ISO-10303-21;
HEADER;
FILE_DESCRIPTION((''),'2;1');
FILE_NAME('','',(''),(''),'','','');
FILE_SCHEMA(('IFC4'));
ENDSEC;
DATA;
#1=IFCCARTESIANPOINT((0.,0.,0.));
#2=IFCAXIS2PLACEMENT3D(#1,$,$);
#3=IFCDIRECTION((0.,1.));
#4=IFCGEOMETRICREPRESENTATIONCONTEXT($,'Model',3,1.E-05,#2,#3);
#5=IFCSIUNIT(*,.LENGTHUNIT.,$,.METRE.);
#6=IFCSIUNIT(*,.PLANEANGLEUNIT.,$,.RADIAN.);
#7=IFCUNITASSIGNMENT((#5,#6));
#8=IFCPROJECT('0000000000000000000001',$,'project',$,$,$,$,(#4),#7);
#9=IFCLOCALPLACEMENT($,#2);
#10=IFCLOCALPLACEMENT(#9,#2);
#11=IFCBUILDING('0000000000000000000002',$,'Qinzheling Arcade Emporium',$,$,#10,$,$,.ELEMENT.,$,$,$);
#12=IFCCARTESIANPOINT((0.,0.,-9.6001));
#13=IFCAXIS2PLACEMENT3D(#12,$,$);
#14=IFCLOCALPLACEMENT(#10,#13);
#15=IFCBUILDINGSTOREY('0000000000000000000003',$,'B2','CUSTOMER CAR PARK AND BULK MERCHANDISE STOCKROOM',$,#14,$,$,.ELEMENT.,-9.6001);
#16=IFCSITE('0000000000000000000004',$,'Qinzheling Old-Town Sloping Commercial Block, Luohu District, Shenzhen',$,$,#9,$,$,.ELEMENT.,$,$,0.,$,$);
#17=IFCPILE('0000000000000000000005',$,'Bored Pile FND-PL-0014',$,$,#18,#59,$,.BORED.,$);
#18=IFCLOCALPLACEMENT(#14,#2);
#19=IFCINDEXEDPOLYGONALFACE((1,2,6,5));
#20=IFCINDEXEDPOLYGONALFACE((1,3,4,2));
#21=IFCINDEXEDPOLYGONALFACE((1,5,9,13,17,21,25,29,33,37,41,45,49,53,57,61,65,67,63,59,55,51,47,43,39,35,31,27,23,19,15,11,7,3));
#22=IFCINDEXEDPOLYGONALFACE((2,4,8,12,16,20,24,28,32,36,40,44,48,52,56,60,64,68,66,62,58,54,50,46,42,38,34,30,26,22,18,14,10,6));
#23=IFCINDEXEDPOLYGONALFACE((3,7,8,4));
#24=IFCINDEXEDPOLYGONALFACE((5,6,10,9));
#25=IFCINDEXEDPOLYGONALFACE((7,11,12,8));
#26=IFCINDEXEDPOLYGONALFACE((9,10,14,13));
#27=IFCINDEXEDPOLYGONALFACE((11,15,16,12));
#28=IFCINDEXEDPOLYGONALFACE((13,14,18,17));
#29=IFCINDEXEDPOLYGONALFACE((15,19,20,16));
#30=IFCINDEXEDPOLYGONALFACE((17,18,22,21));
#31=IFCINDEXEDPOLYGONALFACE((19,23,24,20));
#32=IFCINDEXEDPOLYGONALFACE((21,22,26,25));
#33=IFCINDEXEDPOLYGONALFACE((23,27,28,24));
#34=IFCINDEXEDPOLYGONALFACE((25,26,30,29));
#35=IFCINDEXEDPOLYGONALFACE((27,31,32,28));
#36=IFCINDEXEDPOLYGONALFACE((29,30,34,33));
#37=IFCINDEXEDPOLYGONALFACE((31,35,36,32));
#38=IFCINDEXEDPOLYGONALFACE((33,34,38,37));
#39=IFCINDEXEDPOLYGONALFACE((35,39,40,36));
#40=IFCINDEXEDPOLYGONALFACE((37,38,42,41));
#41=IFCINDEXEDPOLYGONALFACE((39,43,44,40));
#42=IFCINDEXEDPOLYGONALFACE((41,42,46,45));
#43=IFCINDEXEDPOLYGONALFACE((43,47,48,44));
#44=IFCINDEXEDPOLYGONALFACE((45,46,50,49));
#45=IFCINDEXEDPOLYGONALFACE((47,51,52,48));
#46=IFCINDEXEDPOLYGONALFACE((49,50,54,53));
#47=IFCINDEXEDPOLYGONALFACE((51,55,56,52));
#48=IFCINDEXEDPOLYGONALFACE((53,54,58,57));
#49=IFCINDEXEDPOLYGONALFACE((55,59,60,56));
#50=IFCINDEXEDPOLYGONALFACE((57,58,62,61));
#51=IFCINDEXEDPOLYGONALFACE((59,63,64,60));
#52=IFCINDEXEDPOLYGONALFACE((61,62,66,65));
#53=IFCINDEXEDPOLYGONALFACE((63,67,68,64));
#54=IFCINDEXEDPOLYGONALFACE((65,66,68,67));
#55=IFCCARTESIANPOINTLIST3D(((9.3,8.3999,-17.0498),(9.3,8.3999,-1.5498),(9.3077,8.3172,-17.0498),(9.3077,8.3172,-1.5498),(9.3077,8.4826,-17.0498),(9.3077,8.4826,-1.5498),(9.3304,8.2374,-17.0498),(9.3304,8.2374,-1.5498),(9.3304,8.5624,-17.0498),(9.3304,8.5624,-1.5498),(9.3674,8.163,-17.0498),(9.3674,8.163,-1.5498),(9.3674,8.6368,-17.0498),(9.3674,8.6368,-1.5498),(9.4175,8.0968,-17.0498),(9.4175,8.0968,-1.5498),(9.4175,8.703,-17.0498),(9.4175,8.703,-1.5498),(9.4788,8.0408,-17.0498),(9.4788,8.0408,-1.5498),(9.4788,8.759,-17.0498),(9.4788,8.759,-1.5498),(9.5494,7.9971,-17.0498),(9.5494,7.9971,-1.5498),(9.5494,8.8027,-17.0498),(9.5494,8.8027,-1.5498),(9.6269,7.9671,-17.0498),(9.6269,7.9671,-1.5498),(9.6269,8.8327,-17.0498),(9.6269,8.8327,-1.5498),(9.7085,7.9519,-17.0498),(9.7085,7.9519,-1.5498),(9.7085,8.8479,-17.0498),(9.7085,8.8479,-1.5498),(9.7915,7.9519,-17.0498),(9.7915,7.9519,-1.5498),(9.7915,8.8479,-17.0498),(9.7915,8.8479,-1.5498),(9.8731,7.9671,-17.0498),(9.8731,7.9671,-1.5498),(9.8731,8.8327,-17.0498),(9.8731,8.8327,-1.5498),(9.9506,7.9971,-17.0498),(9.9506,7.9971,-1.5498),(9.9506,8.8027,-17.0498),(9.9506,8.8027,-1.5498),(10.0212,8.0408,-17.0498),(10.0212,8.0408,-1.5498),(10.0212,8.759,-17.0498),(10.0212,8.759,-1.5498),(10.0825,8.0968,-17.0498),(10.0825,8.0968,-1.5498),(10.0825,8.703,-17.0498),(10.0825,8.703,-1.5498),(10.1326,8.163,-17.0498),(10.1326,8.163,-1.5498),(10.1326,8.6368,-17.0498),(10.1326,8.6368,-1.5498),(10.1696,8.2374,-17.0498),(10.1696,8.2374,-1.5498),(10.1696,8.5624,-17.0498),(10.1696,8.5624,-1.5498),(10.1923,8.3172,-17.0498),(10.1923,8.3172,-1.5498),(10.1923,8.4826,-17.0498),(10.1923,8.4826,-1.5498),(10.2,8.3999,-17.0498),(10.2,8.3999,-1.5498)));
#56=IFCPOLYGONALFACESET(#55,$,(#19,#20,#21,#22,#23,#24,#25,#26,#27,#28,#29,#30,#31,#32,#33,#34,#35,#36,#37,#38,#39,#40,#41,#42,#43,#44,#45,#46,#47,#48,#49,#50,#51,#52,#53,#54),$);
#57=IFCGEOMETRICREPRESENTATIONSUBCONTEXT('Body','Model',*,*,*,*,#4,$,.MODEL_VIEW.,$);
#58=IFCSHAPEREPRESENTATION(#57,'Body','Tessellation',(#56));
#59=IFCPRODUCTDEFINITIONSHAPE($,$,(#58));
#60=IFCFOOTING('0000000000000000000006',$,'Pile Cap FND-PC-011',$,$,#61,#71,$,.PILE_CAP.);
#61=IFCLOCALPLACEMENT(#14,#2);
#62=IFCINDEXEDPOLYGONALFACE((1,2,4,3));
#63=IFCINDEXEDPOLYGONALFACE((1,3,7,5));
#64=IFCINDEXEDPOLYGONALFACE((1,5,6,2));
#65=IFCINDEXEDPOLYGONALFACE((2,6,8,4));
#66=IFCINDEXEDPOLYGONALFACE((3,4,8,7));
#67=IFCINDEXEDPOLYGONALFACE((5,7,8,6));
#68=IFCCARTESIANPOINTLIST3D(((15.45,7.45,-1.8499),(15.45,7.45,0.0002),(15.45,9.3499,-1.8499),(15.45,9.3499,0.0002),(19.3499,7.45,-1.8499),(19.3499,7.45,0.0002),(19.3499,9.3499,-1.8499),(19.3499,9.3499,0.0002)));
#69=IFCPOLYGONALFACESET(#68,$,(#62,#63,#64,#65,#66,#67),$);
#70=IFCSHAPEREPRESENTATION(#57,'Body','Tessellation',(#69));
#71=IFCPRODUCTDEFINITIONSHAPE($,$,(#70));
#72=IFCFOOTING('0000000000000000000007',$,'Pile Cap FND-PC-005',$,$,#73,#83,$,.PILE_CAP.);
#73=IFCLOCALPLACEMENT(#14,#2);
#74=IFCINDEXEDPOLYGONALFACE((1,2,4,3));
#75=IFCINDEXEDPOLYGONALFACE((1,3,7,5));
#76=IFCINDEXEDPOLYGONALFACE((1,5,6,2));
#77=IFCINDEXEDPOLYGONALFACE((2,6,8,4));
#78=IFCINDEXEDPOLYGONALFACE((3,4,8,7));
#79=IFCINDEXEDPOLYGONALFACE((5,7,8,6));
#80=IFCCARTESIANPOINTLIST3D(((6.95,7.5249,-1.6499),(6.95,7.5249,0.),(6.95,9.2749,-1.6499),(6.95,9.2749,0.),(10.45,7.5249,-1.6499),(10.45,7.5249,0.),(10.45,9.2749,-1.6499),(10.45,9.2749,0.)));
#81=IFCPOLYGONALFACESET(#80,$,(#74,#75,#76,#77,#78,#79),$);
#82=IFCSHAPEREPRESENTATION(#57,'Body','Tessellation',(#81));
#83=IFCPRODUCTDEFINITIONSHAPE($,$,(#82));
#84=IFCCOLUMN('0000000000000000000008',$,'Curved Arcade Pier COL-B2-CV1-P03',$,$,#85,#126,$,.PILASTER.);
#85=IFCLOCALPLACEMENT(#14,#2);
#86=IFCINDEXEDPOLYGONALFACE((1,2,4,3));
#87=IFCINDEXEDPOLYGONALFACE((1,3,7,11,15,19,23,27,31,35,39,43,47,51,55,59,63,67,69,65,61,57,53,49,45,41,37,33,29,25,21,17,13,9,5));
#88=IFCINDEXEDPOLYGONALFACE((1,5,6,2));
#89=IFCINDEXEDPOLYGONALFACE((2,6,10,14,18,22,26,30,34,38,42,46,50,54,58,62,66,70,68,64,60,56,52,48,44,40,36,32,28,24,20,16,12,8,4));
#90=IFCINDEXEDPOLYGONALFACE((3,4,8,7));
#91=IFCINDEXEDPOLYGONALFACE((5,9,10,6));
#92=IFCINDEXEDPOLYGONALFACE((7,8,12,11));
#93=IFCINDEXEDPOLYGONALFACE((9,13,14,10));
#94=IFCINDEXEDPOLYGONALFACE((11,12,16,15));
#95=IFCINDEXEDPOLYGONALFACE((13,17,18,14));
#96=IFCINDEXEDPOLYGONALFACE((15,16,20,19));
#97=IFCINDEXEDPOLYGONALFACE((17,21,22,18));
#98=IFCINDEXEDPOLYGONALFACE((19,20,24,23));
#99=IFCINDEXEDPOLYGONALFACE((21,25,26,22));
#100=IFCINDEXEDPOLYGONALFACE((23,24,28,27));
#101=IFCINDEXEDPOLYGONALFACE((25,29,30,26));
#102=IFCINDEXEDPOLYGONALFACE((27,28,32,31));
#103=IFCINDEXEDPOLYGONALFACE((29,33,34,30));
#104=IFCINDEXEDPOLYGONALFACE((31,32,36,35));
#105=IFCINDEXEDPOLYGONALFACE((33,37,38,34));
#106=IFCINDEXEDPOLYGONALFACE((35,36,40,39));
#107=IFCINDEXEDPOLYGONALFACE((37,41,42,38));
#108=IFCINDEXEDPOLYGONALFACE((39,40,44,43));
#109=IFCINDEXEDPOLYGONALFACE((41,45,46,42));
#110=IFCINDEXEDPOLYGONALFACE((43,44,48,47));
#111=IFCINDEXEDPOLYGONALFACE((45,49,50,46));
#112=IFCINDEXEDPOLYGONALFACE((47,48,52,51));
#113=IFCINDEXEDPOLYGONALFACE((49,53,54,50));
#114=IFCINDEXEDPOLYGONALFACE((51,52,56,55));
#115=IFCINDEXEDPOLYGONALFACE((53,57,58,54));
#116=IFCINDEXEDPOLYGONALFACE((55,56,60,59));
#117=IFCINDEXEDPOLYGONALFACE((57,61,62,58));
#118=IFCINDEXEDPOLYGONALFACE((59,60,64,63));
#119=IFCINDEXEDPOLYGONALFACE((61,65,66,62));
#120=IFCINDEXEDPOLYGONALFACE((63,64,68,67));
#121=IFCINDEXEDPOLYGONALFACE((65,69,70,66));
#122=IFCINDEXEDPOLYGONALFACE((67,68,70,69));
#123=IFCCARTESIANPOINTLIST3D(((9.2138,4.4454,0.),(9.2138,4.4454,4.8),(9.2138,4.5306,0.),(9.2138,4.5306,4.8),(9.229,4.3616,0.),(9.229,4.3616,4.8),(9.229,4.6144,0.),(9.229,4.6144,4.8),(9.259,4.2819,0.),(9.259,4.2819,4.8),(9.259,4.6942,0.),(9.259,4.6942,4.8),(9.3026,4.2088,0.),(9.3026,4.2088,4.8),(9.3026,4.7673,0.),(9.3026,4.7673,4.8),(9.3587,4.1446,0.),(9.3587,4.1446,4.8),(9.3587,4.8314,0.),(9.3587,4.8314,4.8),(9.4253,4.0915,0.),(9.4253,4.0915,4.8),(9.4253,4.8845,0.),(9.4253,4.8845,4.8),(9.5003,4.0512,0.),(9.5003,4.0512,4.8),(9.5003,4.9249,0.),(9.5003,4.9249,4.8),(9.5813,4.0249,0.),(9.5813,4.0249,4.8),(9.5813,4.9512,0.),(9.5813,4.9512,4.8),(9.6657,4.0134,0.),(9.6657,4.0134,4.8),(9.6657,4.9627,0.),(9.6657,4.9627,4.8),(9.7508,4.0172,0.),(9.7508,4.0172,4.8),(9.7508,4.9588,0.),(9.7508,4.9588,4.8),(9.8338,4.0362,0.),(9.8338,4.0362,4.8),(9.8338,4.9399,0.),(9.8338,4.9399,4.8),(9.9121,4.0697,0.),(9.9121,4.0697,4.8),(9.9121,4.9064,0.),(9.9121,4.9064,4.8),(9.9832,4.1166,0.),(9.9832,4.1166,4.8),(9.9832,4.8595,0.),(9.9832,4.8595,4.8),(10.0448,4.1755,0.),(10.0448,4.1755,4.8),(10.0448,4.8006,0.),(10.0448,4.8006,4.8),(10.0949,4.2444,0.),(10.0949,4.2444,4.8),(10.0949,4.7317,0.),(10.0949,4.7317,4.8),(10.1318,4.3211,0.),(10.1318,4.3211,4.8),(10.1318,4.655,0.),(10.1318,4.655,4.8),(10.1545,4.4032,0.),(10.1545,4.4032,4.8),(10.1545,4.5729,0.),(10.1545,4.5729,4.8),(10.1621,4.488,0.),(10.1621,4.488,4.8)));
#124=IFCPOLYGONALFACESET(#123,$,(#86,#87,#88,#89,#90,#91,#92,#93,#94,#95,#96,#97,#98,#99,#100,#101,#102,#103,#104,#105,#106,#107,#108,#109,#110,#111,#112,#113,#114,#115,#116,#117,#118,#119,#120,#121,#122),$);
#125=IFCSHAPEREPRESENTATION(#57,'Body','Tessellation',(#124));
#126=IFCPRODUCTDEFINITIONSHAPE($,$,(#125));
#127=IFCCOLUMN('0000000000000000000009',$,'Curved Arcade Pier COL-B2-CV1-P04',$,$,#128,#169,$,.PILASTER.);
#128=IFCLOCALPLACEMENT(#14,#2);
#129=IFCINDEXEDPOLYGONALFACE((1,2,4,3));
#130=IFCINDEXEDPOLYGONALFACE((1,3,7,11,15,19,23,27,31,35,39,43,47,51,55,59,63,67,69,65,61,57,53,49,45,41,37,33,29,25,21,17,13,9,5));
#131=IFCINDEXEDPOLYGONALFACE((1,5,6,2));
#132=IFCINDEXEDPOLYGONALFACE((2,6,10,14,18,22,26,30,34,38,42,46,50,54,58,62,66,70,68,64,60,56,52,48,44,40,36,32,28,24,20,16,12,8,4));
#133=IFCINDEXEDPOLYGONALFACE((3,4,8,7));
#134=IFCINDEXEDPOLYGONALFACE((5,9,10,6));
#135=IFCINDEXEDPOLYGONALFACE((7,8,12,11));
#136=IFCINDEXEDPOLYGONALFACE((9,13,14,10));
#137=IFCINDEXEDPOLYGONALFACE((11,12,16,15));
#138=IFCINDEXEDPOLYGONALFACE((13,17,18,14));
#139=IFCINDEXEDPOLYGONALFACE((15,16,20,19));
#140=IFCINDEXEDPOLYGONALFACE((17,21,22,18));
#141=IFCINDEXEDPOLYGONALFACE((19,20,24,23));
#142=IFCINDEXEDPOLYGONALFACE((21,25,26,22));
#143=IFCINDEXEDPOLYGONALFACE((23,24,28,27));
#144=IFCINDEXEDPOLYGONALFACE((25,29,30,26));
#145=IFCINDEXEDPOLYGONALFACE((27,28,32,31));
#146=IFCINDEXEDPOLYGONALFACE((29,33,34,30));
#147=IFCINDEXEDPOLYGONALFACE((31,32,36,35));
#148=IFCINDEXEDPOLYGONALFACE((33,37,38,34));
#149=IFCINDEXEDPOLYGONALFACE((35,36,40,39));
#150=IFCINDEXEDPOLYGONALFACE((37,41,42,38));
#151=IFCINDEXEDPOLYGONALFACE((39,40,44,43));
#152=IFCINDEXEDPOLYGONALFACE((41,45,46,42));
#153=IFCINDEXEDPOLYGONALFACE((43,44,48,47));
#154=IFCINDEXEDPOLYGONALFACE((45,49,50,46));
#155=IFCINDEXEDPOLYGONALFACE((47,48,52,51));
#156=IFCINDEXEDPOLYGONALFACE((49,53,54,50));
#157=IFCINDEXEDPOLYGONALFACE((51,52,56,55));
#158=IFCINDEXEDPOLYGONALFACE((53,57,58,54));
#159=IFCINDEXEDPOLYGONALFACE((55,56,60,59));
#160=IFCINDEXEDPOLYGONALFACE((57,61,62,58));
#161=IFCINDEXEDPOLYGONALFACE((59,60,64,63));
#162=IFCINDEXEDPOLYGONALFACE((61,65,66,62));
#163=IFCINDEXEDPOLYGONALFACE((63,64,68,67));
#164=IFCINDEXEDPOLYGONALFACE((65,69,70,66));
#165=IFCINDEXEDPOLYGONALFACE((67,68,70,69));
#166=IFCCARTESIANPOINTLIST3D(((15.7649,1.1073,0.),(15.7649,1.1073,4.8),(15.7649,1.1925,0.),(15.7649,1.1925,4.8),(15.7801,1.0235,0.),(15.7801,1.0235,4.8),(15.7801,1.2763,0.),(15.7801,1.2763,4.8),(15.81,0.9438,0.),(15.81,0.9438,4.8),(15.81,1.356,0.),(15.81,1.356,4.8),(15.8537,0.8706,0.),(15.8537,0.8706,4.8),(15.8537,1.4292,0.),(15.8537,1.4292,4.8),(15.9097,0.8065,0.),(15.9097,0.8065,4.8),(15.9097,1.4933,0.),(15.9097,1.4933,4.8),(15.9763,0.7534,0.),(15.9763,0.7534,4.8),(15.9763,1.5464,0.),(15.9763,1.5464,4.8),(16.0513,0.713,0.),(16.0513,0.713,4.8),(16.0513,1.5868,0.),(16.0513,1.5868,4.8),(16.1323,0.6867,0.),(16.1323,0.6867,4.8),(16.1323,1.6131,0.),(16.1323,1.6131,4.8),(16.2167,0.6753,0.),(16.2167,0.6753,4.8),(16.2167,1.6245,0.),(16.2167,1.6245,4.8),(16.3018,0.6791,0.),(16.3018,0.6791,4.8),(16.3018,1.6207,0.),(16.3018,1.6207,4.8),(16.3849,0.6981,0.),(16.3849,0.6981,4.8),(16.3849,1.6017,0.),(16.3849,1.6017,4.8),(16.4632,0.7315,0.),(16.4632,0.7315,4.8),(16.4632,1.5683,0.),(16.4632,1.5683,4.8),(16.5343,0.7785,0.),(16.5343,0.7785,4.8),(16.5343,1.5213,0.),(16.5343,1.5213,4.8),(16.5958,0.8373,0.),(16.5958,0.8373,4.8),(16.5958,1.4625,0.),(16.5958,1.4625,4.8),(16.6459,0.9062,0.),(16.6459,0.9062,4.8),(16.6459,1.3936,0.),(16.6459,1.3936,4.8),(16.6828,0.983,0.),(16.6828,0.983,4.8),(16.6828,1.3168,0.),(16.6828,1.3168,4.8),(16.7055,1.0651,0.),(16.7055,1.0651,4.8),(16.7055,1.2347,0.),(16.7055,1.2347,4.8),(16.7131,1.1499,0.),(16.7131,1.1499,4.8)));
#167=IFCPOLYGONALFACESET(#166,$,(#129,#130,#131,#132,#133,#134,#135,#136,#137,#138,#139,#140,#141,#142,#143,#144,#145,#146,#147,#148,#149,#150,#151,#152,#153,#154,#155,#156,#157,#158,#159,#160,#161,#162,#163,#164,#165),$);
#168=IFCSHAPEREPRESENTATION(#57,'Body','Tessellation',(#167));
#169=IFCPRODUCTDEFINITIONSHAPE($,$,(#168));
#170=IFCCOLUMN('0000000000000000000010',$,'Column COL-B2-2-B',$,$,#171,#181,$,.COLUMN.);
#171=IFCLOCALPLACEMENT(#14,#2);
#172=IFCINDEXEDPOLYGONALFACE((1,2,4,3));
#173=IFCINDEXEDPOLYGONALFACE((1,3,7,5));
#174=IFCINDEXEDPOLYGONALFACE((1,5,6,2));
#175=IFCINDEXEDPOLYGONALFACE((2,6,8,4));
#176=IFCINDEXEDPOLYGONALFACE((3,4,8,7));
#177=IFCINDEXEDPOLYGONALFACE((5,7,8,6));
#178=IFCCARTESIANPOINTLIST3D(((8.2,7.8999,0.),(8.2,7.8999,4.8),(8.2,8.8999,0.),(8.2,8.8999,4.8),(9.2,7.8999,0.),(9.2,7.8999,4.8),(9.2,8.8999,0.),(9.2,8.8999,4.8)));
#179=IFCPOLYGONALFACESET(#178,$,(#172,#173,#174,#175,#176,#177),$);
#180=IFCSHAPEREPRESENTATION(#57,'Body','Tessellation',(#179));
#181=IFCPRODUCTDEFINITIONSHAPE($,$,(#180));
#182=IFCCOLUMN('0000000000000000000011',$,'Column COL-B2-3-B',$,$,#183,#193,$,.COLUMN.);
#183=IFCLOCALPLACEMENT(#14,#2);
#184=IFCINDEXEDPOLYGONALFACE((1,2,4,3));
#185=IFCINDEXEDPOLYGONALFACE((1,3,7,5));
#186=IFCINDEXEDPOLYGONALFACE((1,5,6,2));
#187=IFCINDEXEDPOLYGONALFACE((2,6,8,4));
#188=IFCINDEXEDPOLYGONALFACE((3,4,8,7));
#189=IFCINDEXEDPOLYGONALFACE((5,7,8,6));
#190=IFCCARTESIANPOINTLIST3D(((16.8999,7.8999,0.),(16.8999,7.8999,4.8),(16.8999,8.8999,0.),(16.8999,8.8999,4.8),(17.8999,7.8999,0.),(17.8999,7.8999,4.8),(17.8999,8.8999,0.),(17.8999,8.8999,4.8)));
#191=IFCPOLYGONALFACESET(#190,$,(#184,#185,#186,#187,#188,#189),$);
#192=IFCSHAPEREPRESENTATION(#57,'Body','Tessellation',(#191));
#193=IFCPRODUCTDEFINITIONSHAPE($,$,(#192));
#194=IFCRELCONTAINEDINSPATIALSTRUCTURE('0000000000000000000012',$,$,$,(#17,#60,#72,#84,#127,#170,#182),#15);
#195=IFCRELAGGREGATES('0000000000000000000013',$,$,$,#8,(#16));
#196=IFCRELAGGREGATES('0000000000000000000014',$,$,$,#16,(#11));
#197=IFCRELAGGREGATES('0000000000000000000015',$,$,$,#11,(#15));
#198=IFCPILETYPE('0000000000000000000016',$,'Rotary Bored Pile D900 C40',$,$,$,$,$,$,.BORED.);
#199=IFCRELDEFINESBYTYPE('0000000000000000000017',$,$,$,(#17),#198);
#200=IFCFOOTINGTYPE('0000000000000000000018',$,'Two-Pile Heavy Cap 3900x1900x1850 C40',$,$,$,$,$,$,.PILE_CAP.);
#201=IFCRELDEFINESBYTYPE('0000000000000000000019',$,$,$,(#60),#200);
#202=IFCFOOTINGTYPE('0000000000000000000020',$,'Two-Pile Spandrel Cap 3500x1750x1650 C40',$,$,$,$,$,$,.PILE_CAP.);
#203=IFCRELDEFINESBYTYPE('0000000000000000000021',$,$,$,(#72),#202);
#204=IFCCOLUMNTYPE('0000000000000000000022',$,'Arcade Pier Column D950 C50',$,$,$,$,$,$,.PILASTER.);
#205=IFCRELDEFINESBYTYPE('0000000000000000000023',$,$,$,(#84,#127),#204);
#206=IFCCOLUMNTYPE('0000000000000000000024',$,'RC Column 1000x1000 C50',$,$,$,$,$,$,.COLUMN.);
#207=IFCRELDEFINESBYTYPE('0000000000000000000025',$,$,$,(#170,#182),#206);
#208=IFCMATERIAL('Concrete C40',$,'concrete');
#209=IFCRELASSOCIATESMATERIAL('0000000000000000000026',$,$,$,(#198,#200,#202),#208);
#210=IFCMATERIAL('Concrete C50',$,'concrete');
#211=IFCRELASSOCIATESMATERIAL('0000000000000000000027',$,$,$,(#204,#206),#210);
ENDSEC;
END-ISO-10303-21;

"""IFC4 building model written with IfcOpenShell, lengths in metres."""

from ifc_helpers import new_model, si_unit, direction, frame, origin, origin_2d, place, context, subcontext, project, spatial, rectangle, circle, extrude, material, material_profile, profile_set, type_object, element, save


model = new_model("IFC4")

# Units and contexts
model_context = context("Model", 3, precision=1e-05, world=origin(), true_north=direction((0.0, 1.0)))
body_context = subcontext(model_context, "Body", "Model", "MODEL_VIEW")
ifc_project = project(units=[si_unit("LENGTHUNIT", "METRE"), si_unit("PLANEANGLEUNIT", "RADIAN")], contexts=[model_context])

# Site, building, storey
site_placement = place(None, origin())
site = spatial("IfcSite", under=ifc_project, at=site_placement, Name="Qinzheling Old-Town Sloping Commercial Block, Luohu District, Shenzhen", CompositionType="ELEMENT", RefElevation=0.0)
building_placement = place(site_placement, origin())
building = spatial("IfcBuilding", under=site, at=building_placement, Name="Qinzheling Arcade Emporium", CompositionType="ELEMENT")
storey_placement = place(building_placement, frame((0.0, 0.0, -9.6001)))
storey = spatial("IfcBuildingStorey", under=building, at=storey_placement, Name="B2", Description="CUSTOMER CAR PARK AND BULK MERCHANDISE STOCKROOM", CompositionType="ELEMENT", Elevation=-9.6001)

# Shared definitions
ifc_material_1 = material(Name="Concrete C40", Category="concrete")

# Pile
ifc_material_profile_1 = material_profile(ifc_material_1, circle(Radius=0.45, at=origin_2d()), Name="BORED D900", Category="concrete")
ifc_profile_set_1 = profile_set([ifc_material_profile_1], Name="Concrete C40")
pile_type_1 = type_object("IfcPileType", Name="Rotary Bored Pile D900 C40", PredefinedType="BORED", material=ifc_profile_set_1)
for number, where, z_axis, x_axis, name in (
    (1, (9.75, 8.3999, -1.5498), (0.0, 0.0, -1.0), (1.0, 0.0, 0.0), "Bored Pile FND-PL-0014"),
):
    element("IfcPile", number, at=place(storey_placement, frame(where, z_axis=z_axis, x_axis=x_axis)), inside=storey, type_object=pile_type_1, Name=name, PredefinedType="BORED", context=body_context, shape_type="SweptSolid", body=[
        extrude(circle(Radius=0.45, at=origin_2d()), origin(), (0.0, 0.0, 1.0), 15.5),
    ])

# Footings
footing_type_1 = type_object("IfcFootingType", Name="Two-Pile Heavy Cap 3900x1900x1850 C40", PredefinedType="PILE_CAP", material=ifc_material_1)
footing_1_placement = place(storey_placement, frame((17.3999, 8.3999, -1.8499), z_axis=(0.0, 0.0, 1.0), x_axis=(1.0, 0.0, 0.0)))
element("IfcFooting", 2, at=footing_1_placement, inside=storey, type_object=footing_type_1, Name="Pile Cap FND-PC-011", PredefinedType="PILE_CAP", context=body_context, shape_type="SweptSolid", body=[
    extrude(rectangle(XDim=3.8999, YDim=1.8999, at=origin_2d()), origin(), (0.0, 0.0, 1.0), 1.8501),
])
footing_type_2 = type_object("IfcFootingType", Name="Two-Pile Spandrel Cap 3500x1750x1650 C40", PredefinedType="PILE_CAP", material=ifc_material_1)
footing_2_placement = place(storey_placement, frame((8.7, 8.3999, -1.6499), z_axis=(0.0, 0.0, 1.0), x_axis=(1.0, 0.0, 0.0)))
element("IfcFooting", 3, at=footing_2_placement, inside=storey, type_object=footing_type_2, Name="Pile Cap FND-PC-005", PredefinedType="PILE_CAP", context=body_context, shape_type="SweptSolid", body=[
    extrude(rectangle(XDim=3.5, YDim=1.75, at=origin_2d()), origin(), (0.0, 0.0, 1.0), 1.6499),
])

# Columns
ifc_material_2 = material(Name="Concrete C50", Category="concrete")
ifc_material_profile_2 = material_profile(ifc_material_2, circle(Radius=0.4751, at=origin_2d()), Name="RC D950", Category="concrete")
ifc_profile_set_2 = profile_set([ifc_material_profile_2], Name="Concrete C50")
column_type_1 = type_object("IfcColumnType", Name="Arcade Pier Column D950 C50", PredefinedType="PILASTER", material=ifc_profile_set_2)
for number, where, z_axis, x_axis, name in (
    (4, (9.687, 4.488, 0.0), (0.0, 0.0, 1.0), (1.0, 0.0, 0.0), "Curved Arcade Pier COL-B2-CV1-P03"),
    (5, (16.238, 1.1499, 0.0), (0.0, 0.0, 1.0), (1.0, 0.0, 0.0), "Curved Arcade Pier COL-B2-CV1-P04"),
):
    element("IfcColumn", number, at=place(storey_placement, frame(where, z_axis=z_axis, x_axis=x_axis)), inside=storey, type_object=column_type_1, Name=name, PredefinedType="PILASTER", context=body_context, shape_type="SweptSolid", body=[
        extrude(circle(Radius=0.4751, at=origin_2d()), origin(), (0.0, 0.0, 1.0), 4.8),
    ])
ifc_material_profile_3 = material_profile(ifc_material_2, rectangle(XDim=1.0, YDim=1.0, at=origin_2d()), Name="RC 1000x1000", Category="concrete")
ifc_profile_set_3 = profile_set([ifc_material_profile_3], Name="Concrete C50")
column_type_2 = type_object("IfcColumnType", Name="RC Column 1000x1000 C50", PredefinedType="COLUMN", material=ifc_profile_set_3)
for number, where, z_axis, x_axis, name in (
    (6, (8.7, 8.3999, 0.0), (0.0, 0.0, 1.0), (1.0, 0.0, 0.0), "Column COL-B2-2-B"),
    (7, (17.3999, 8.3999, 0.0), (0.0, 0.0, 1.0), (1.0, 0.0, 0.0), "Column COL-B2-3-B"),
):
    element("IfcColumn", number, at=place(storey_placement, frame(where, z_axis=z_axis, x_axis=x_axis)), inside=storey, type_object=column_type_2, Name=name, PredefinedType="COLUMN", context=body_context, shape_type="SweptSolid", body=[
        extrude(rectangle(XDim=1.0, YDim=1.0, at=origin_2d()), origin(), (0.0, 0.0, 1.0), 4.8),
    ])

save(model, "model.ifc")
